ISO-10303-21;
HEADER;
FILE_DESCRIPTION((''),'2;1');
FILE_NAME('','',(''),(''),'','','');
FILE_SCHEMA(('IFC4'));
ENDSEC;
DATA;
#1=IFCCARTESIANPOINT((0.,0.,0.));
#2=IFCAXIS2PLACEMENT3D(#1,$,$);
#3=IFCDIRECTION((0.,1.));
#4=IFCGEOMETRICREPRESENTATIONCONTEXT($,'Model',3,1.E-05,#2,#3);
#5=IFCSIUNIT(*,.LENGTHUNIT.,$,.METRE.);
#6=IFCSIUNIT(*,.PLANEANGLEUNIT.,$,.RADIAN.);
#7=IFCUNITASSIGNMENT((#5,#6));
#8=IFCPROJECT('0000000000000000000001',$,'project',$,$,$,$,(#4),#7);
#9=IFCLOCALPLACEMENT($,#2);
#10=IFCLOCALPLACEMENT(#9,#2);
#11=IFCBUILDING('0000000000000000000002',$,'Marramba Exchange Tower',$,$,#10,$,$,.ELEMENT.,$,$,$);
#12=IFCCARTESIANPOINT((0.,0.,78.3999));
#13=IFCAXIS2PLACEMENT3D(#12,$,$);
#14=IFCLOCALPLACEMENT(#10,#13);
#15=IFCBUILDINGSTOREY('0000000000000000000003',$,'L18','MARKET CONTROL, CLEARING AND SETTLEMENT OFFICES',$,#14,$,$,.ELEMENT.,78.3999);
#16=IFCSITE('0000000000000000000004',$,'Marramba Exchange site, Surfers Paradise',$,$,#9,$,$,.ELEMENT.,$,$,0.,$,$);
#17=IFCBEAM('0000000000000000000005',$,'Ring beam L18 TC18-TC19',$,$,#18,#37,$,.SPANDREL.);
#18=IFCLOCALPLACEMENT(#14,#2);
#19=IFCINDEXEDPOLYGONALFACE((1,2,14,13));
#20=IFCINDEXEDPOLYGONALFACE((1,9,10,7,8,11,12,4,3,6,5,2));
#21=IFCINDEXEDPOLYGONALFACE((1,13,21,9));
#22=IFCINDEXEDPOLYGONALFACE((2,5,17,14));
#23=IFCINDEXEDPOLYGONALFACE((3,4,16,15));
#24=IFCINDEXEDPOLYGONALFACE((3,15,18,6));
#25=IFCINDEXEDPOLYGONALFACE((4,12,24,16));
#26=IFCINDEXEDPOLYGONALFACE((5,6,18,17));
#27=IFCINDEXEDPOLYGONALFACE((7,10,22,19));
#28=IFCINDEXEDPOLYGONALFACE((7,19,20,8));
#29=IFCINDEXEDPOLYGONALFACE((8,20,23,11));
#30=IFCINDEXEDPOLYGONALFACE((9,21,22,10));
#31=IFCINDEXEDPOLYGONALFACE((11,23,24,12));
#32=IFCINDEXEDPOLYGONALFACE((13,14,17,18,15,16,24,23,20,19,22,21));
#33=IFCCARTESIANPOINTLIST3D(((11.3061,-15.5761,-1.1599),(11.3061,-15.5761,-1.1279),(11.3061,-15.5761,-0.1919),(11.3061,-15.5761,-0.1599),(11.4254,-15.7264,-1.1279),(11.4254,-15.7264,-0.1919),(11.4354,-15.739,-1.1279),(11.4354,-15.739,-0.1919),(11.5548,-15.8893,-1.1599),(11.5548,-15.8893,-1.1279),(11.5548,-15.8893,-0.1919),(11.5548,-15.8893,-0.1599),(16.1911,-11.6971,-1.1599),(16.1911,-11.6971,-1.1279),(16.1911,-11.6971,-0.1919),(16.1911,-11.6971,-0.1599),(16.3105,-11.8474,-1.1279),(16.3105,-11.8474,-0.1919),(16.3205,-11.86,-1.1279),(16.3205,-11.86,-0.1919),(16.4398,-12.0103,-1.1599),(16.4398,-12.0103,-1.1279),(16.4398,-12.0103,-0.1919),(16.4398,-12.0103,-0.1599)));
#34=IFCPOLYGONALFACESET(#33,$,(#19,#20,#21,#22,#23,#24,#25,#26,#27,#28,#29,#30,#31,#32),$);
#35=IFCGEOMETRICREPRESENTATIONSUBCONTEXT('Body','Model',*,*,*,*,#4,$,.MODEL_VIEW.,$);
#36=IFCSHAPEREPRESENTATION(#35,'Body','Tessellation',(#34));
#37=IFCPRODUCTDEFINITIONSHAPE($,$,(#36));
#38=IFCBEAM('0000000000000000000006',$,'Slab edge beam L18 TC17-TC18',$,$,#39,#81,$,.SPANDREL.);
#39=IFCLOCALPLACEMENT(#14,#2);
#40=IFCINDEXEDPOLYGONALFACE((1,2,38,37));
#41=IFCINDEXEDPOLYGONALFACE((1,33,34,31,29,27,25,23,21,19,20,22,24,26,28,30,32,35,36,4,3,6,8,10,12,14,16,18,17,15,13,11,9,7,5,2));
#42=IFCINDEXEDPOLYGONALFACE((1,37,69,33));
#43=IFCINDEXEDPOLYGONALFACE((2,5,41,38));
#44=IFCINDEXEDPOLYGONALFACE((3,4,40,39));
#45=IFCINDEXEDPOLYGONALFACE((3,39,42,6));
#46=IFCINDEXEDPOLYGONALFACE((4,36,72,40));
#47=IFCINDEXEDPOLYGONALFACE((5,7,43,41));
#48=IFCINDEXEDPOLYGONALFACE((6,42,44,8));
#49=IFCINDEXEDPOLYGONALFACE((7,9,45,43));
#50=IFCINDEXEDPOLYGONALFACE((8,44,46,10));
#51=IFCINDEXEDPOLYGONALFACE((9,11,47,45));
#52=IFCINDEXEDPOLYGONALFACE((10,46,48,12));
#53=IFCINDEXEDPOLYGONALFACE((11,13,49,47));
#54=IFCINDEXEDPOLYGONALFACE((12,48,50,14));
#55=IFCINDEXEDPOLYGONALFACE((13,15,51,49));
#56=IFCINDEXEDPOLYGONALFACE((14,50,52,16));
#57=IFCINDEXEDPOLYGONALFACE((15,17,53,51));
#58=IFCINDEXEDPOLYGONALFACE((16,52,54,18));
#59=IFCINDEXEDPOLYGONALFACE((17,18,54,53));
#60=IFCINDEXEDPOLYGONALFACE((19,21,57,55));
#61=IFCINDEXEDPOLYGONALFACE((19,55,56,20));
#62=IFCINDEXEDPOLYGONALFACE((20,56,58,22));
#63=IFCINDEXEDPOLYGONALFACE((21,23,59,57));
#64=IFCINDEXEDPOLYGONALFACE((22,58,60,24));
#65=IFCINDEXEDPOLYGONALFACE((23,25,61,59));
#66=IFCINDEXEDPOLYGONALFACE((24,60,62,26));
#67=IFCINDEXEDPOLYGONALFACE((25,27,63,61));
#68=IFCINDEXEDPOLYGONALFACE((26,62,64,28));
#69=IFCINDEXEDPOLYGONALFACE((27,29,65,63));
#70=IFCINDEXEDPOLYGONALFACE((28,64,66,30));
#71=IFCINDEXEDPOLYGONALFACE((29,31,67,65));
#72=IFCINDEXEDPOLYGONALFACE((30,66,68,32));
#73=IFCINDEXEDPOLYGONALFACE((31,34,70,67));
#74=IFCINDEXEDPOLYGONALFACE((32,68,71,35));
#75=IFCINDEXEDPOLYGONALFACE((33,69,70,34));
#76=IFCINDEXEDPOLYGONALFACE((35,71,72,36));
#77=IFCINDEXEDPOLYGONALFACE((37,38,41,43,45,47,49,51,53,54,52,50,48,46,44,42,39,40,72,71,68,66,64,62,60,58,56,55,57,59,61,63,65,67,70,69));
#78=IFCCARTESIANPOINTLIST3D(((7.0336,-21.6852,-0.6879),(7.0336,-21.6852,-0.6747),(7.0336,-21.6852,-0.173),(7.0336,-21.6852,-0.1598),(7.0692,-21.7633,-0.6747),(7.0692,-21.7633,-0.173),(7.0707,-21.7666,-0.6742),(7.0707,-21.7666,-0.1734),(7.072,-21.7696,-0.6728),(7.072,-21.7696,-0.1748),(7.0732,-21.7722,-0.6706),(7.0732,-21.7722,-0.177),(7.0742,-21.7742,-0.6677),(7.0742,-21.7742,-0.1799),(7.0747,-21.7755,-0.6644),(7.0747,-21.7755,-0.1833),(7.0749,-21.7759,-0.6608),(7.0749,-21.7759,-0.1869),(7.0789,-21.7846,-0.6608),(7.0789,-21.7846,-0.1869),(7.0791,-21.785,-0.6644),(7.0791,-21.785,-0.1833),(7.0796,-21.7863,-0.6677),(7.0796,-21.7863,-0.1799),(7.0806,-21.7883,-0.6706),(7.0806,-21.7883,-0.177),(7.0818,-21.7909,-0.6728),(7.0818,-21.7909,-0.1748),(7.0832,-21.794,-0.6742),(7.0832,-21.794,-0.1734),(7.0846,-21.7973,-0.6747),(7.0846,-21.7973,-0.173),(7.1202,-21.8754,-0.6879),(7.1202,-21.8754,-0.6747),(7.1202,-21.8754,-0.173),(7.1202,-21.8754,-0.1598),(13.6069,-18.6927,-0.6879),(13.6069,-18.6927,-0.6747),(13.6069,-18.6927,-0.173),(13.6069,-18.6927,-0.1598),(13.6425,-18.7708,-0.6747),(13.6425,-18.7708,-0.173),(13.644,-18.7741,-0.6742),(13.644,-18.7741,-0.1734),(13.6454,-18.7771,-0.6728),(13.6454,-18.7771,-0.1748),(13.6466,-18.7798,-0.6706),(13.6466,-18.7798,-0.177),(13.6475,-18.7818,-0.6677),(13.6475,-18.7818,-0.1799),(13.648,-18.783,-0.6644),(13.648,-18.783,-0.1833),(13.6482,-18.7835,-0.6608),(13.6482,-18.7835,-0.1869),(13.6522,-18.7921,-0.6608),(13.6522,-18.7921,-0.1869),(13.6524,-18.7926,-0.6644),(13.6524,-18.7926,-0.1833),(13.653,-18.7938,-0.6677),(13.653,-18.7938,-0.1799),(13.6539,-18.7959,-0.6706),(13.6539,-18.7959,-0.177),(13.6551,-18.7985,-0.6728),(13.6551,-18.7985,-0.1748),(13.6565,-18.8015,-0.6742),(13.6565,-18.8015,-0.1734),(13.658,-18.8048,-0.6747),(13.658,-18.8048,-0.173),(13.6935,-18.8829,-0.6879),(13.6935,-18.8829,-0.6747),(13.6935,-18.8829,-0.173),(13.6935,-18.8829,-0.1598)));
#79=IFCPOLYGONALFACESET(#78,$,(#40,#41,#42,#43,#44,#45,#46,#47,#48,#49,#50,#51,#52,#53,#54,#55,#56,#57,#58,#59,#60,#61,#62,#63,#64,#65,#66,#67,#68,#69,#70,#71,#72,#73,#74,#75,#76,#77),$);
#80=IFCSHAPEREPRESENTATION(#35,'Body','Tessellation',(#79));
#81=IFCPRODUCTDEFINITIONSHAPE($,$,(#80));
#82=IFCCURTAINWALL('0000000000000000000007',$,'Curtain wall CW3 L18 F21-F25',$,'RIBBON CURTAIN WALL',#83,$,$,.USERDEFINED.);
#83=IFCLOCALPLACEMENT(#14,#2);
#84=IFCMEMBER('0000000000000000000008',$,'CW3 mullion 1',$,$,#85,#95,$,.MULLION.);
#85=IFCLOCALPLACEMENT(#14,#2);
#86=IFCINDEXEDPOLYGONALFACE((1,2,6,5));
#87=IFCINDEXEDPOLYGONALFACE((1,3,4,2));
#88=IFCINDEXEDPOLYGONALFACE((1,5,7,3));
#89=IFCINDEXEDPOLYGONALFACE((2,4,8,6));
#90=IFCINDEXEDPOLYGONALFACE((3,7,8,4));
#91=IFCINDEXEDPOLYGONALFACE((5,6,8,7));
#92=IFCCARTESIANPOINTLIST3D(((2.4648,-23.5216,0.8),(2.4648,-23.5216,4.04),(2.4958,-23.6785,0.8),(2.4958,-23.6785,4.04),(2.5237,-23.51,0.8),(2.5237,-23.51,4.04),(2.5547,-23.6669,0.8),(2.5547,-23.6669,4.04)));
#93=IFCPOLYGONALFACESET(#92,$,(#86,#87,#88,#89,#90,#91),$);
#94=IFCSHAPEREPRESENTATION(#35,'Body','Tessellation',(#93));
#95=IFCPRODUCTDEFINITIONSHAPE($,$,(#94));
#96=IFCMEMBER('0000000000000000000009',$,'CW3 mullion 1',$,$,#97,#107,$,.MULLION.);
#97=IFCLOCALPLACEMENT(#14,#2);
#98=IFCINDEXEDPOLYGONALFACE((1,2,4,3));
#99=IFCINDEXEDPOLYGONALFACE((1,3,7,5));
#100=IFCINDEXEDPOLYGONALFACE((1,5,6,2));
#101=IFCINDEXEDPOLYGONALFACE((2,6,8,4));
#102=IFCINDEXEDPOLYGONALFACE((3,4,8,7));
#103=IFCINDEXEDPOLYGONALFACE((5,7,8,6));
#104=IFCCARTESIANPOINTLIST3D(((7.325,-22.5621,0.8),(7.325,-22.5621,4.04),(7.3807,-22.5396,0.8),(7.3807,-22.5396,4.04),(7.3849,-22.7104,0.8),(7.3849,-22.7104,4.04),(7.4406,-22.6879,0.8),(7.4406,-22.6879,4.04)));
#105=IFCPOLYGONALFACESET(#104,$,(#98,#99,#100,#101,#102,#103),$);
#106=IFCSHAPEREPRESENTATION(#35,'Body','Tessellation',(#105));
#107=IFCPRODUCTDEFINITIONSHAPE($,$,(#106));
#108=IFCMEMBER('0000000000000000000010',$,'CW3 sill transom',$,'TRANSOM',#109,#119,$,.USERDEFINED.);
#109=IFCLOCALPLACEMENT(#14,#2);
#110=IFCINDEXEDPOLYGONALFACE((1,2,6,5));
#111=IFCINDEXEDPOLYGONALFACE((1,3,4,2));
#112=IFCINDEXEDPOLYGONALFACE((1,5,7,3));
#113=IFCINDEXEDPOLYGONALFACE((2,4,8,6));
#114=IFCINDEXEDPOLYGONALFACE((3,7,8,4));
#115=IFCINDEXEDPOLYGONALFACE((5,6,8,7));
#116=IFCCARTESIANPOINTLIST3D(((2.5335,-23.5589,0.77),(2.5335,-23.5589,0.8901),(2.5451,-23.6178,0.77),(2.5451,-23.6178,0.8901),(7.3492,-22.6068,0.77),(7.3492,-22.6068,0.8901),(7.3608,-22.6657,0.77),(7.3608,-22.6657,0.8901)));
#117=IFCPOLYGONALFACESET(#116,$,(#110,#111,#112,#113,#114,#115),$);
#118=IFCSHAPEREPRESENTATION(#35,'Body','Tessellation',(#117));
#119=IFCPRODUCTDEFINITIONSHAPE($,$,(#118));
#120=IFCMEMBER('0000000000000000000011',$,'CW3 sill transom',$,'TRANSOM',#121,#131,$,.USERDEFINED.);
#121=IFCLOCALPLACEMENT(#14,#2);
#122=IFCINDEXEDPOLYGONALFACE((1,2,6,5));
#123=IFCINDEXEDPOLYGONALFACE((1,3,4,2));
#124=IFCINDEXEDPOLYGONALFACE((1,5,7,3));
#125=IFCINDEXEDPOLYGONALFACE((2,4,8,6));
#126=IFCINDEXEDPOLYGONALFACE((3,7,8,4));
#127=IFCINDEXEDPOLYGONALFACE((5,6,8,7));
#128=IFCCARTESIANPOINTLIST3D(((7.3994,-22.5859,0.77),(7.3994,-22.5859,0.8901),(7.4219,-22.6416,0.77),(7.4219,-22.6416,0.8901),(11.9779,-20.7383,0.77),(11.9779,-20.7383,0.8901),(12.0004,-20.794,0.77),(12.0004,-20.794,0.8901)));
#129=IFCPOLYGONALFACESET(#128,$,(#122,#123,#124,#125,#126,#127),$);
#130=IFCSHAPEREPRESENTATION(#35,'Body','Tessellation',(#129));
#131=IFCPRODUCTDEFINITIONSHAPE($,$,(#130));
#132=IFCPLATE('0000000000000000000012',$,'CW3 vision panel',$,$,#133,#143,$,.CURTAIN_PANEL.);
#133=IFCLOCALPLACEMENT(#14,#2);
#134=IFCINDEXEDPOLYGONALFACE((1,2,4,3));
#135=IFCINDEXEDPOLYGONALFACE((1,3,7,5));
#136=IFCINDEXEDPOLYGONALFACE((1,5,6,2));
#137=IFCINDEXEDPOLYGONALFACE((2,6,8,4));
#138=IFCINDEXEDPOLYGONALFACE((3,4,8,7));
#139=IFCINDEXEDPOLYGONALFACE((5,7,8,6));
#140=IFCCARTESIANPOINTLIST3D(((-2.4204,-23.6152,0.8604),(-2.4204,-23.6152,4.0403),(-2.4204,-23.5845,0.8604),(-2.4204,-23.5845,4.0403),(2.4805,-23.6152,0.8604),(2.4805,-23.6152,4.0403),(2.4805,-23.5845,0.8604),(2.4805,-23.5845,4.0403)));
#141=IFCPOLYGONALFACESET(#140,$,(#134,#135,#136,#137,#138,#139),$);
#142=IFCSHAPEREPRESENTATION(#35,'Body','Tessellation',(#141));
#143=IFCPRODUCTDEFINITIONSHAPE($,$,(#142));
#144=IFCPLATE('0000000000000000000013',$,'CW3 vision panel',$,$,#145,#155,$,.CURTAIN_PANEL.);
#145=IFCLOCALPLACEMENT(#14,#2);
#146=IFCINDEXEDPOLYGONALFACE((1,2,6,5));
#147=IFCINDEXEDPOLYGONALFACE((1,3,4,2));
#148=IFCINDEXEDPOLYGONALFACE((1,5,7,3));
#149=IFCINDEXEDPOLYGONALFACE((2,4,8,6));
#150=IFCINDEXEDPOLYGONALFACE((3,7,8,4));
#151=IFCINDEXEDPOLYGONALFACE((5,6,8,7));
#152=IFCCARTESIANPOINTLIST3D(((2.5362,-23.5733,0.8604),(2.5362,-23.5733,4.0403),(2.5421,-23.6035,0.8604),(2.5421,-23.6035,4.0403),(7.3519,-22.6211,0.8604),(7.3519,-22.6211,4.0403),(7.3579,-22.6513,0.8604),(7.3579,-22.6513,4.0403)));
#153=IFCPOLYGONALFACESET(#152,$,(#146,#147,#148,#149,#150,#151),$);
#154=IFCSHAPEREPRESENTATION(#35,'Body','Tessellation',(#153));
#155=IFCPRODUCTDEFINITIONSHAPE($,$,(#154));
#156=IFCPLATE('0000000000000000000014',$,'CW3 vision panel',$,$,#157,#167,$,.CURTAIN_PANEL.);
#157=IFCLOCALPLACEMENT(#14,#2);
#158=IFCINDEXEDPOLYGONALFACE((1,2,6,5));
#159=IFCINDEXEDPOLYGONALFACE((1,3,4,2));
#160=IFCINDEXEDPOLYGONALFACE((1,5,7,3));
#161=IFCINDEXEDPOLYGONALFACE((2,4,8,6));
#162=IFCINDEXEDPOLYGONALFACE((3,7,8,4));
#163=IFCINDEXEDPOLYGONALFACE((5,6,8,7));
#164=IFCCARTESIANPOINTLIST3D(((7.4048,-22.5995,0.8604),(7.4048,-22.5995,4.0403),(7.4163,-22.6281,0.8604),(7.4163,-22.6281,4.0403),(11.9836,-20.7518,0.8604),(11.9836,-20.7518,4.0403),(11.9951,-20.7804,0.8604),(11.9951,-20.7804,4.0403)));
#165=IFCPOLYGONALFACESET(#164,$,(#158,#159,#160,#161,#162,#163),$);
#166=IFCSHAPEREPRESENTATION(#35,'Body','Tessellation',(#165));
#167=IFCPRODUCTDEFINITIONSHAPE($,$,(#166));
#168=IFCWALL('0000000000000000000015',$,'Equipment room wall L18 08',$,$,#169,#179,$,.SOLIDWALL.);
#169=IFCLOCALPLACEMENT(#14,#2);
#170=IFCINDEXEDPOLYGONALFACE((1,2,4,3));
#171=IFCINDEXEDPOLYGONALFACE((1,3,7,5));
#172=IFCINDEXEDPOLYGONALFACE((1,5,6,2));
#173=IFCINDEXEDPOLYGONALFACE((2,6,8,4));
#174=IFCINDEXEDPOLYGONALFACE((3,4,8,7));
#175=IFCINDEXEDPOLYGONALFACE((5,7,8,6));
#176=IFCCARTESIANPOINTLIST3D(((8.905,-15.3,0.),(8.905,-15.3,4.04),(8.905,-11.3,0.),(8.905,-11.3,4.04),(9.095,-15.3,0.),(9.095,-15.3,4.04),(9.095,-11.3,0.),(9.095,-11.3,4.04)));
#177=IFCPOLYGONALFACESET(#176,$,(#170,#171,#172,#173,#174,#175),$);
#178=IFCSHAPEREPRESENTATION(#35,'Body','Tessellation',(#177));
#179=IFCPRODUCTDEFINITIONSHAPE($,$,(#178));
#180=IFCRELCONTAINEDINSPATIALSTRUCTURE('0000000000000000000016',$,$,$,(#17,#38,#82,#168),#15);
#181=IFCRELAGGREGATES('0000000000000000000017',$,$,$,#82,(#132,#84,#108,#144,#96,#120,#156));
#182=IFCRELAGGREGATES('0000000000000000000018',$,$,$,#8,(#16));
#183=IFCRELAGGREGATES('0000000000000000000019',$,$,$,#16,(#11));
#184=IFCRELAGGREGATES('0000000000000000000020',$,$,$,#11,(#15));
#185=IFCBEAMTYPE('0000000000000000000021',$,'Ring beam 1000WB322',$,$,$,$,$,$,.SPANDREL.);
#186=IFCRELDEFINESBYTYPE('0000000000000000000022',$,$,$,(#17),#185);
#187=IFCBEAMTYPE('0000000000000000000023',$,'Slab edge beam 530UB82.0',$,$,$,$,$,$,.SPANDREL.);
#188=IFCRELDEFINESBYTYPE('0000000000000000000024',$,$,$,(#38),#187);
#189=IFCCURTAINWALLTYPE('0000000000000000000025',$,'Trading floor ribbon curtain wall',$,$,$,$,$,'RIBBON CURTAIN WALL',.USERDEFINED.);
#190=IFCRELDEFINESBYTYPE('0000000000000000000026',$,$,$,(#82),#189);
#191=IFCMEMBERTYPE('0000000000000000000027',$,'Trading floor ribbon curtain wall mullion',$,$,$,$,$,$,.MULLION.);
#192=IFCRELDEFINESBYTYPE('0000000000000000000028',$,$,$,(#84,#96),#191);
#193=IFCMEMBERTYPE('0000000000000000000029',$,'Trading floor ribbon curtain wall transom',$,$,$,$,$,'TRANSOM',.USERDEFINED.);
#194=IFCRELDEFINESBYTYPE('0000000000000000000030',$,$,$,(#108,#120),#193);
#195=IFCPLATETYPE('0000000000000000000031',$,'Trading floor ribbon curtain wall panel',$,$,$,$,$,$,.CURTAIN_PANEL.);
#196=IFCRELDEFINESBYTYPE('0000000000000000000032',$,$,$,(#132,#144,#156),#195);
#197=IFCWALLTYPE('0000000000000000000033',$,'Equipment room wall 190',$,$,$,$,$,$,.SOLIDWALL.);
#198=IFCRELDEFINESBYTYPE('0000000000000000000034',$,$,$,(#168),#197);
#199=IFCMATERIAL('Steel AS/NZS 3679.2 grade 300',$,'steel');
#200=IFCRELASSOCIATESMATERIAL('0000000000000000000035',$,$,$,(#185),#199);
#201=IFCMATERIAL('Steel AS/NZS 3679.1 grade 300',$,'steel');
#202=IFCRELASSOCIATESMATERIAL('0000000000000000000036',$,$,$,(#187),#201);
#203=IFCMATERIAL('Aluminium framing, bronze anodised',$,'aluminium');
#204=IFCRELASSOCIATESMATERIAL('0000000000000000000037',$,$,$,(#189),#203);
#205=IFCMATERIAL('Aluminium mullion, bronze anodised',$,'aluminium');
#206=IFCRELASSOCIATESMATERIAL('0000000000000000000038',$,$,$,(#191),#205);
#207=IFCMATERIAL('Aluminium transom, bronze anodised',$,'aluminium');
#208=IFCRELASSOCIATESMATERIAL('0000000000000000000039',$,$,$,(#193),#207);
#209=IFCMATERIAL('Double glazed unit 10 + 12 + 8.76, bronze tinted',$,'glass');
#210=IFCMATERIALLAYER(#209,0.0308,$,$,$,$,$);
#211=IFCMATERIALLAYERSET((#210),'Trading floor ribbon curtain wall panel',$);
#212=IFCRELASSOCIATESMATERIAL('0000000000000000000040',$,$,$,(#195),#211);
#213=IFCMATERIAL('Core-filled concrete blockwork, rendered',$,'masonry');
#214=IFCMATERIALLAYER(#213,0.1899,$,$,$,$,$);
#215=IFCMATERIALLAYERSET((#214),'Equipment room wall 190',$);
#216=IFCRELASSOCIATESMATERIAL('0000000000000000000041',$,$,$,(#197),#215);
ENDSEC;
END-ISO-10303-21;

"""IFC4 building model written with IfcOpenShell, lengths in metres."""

from ifc_helpers import new_model, si_unit, direction, frame, frame_2d, origin, origin_2d, place, context, subcontext, project, spatial, rectangle, i_section, extrude, material, layer, layer_set, material_profile, profile_set, type_object, element, aggregate, save


model = new_model("IFC4")

# Units and contexts
model_context = context("Model", 3, precision=1e-05, world=origin(), true_north=direction((0.0, 1.0)))
body_context = subcontext(model_context, "Body", "Model", "MODEL_VIEW")
ifc_project = project(units=[si_unit("LENGTHUNIT", "METRE"), si_unit("PLANEANGLEUNIT", "RADIAN")], contexts=[model_context])

# Site, building, storey
site_placement = place(None, origin())
site = spatial("IfcSite", under=ifc_project, at=site_placement, Name="Marramba Exchange site, Surfers Paradise", CompositionType="ELEMENT", RefElevation=0.0)
building_placement = place(site_placement, origin())
building = spatial("IfcBuilding", under=site, at=building_placement, Name="Marramba Exchange Tower", CompositionType="ELEMENT")
storey_placement = place(building_placement, frame((0.0, 0.0, 78.3999)))
storey = spatial("IfcBuildingStorey", under=building, at=storey_placement, Name="L18", Description="MARKET CONTROL, CLEARING AND SETTLEMENT OFFICES", CompositionType="ELEMENT", Elevation=78.3999)

# Beams
ifc_material_1 = material(Name="Steel AS/NZS 3679.2 grade 300", Category="steel")
ifc_material_2 = material(Name="Steel AS/NZS 3679.1 grade 300", Category="steel")
ifc_material_profile_1 = material_profile(ifc_material_1, i_section(OverallWidth=0.3999, OverallDepth=1.0, WebThickness=0.0161, FlangeThickness=0.032, at=origin_2d()), Name="1000WB322")
ifc_profile_set_1 = profile_set([ifc_material_profile_1], Name="Steel AS/NZS 3679.2 grade 300")
beam_type_1 = type_object("IfcBeamType", Name="Ring beam 1000WB322", PredefinedType="SPANDREL", material=ifc_profile_set_1)
beam_1_placement = place(storey_placement, frame((11.4304, -15.7327, -0.6599), z_axis=(0.783139, 0.621846, 0.0), x_axis=(-0.621846, 0.783139, 0.0)))
element("IfcBeam", 1, at=beam_1_placement, inside=storey, type_object=beam_type_1, Name="Ring beam L18 TC18-TC19", PredefinedType="SPANDREL", context=body_context, shape_type="SweptSolid", body=[
    extrude(i_section(OverallWidth=0.3999, OverallDepth=1.0, WebThickness=0.0161, FlangeThickness=0.032, at=origin_2d()), origin(), (0.0, 0.0, 1.0), 6.2378),
])
ifc_material_profile_2 = material_profile(ifc_material_2, i_section(OverallWidth=0.209, OverallDepth=0.5281, WebThickness=0.0095, FlangeThickness=0.0132, FilletRadius=0.0139, at=origin_2d()), Name="530UB82.0")
ifc_profile_set_2 = profile_set([ifc_material_profile_2], Name="Steel AS/NZS 3679.1 grade 300")
beam_type_2 = type_object("IfcBeamType", Name="Slab edge beam 530UB82.0", PredefinedType="SPANDREL", material=ifc_profile_set_2)
beam_2_placement = place(storey_placement, frame((7.0769, -21.7803, -0.4238), z_axis=(0.910127, 0.41433, 0.0), x_axis=(-0.41433, 0.910127, 0.0)))
element("IfcBeam", 2, at=beam_2_placement, inside=storey, type_object=beam_type_2, Name="Slab edge beam L18 TC17-TC18", PredefinedType="SPANDREL", context=body_context, shape_type="SweptSolid", body=[
    extrude(i_section(OverallWidth=0.209, OverallDepth=0.5281, WebThickness=0.0095, FlangeThickness=0.0132, FilletRadius=0.0139, at=origin_2d()), origin(), (0.0, 0.0, 1.0), 7.2224),
])

# Curtain wall, members, plates
ifc_material_3 = material(Name="Aluminium framing, bronze anodised", Category="aluminium")
curtain_wall_type = type_object("IfcCurtainWallType", Name="Trading floor ribbon curtain wall", ElementType="RIBBON CURTAIN WALL", PredefinedType="USERDEFINED", material=ifc_material_3)
curtain_wall_placement = place(storey_placement, origin())
curtain_wall = element("IfcCurtainWall", 3, at=curtain_wall_placement, inside=storey, type_object=curtain_wall_type, Name="Curtain wall CW3 L18 F21-F25", ObjectType="RIBBON CURTAIN WALL", PredefinedType="USERDEFINED")
ifc_material_4 = material(Name="Aluminium mullion, bronze anodised", Category="aluminium")
ifc_material_profile_3 = material_profile(ifc_material_4, rectangle(XDim=0.1599, YDim=0.0601, at=origin_2d()), Name="CW3 mullion 60x160")
ifc_profile_set_3 = profile_set([ifc_material_profile_3], Name="Aluminium mullion, bronze anodised")
member_type_1 = type_object("IfcMemberType", Name="Trading floor ribbon curtain wall mullion", PredefinedType="MULLION", material=ifc_profile_set_3)
member_1_placement = place(storey_placement, frame((2.5098, -23.5942, 0.8), z_axis=(0.0, 0.0, 1.0), x_axis=(-0.193961, 0.981009, 0.0)))
member_1 = element("IfcMember", 4, at=member_1_placement, type_object=member_type_1, Name="CW3 mullion 1", PredefinedType="MULLION", context=body_context, shape_type="SweptSolid", body=[
    extrude(rectangle(XDim=0.1599, YDim=0.0601, at=origin_2d()), origin(), (0.0, 0.0, 1.0), 3.24),
])
member_2_placement = place(storey_placement, frame((7.3828, -22.625, 0.8), z_axis=(0.0, 0.0, 1.0), x_axis=(-0.374218, 0.927341, 0.0)))
member_2 = element("IfcMember", 5, at=member_2_placement, type_object=member_type_1, Name="CW3 mullion 1", PredefinedType="MULLION", context=body_context, shape_type="SweptSolid", body=[
    extrude(rectangle(XDim=0.1599, YDim=0.0601, at=origin_2d()), origin(), (0.0, 0.0, 1.0), 3.24),
])
ifc_material_5 = material(Name="Aluminium transom, bronze anodised", Category="aluminium")
ifc_material_profile_4 = material_profile(ifc_material_5, rectangle(XDim=0.0601, YDim=0.1201, at=origin_2d()), Name="CW3 transom 60x120")
ifc_profile_set_4 = profile_set([ifc_material_profile_4], Name="Aluminium transom, bronze anodised")
member_type_2 = type_object("IfcMemberType", Name="Trading floor ribbon curtain wall transom", ElementType="TRANSOM", PredefinedType="USERDEFINED", material=ifc_profile_set_4)
member_3_placement = place(storey_placement, frame((2.5393, -23.5884, 0.8301), z_axis=(0.981009, 0.193964, 0.0), x_axis=(-0.193964, 0.981009, 0.0)))
member_3 = element("IfcMember", 6, at=member_3_placement, type_object=member_type_2, Name="CW3 sill transom", ObjectType="TRANSOM", PredefinedType="USERDEFINED", context=body_context, shape_type="SweptSolid", body=[
    extrude(rectangle(XDim=0.0601, YDim=0.1201, at=origin_2d()), origin(), (0.0, 0.0, 1.0), 4.9089),
])
member_4_placement = place(storey_placement, frame((7.4106, -22.6138, 0.8301), z_axis=(0.92734, 0.374219, 0.0), x_axis=(-0.374219, 0.92734, 0.0)))
member_4 = element("IfcMember", 7, at=member_4_placement, type_object=member_type_2, Name="CW3 sill transom", ObjectType="TRANSOM", PredefinedType="USERDEFINED", context=body_context, shape_type="SweptSolid", body=[
    extrude(rectangle(XDim=0.0601, YDim=0.1201, at=origin_2d()), origin(), (0.0, 0.0, 1.0), 4.9373),
])
ifc_material_6 = material(Name="Double glazed unit 10 + 12 + 8.76, bronze tinted", Category="glass")
ifc_layer_1 = layer(ifc_material_6, 0.0308)
ifc_layer_set_1 = layer_set([ifc_layer_1], Name="Trading floor ribbon curtain wall panel")
plate_type = type_object("IfcPlateType", Name="Trading floor ribbon curtain wall panel", PredefinedType="CURTAIN_PANEL", material=ifc_layer_set_1)
plate_1_placement = place(storey_placement, frame((0.03, -23.5999, 0.8604), z_axis=(0.0, 0.0, 1.0), x_axis=(1.0, 0.0, 0.0)))
plate_1 = element("IfcPlate", 8, at=plate_1_placement, type_object=plate_type, Name="CW3 vision panel", PredefinedType="CURTAIN_PANEL", context=body_context, shape_type="SweptSolid", body=[
    extrude(rectangle(XDim=4.9009, YDim=0.0308, at=origin_2d()), origin(), (0.0, 0.0, 1.0), 3.1799),
])
plate_2_placement = place(storey_placement, frame((4.947, -23.1123, 0.8604), z_axis=(0.0, 0.0, 1.0), x_axis=(0.981009, 0.193961, 0.0)))
plate_2 = element("IfcPlate", 9, at=plate_2_placement, type_object=plate_type, Name="CW3 vision panel", PredefinedType="CURTAIN_PANEL", context=body_context, shape_type="SweptSolid", body=[
    extrude(rectangle(XDim=4.9089, YDim=0.0308, at=origin_2d()), origin(), (0.0, 0.0, 1.0), 3.1799),
])
plate_3_placement = place(storey_placement, frame((9.7, -21.6899, 0.8604), z_axis=(0.0, 0.0, 1.0), x_axis=(0.927341, 0.374218, 0.0)))
plate_3 = element("IfcPlate", 10, at=plate_3_placement, type_object=plate_type, Name="CW3 vision panel", PredefinedType="CURTAIN_PANEL", context=body_context, shape_type="SweptSolid", body=[
    extrude(rectangle(XDim=4.9375, YDim=0.0308, at=origin_2d()), origin(), (0.0, 0.0, 1.0), 3.1799),
])
aggregate(curtain_wall, [plate_1, member_1, member_3, plate_2, member_2, member_4, plate_3])

# Wall
ifc_material_7 = material(Name="Core-filled concrete blockwork, rendered", Category="masonry")
ifc_layer_2 = layer(ifc_material_7, 0.1899)
ifc_layer_set_2 = layer_set([ifc_layer_2], Name="Equipment room wall 190")
wall_type_1 = type_object("IfcWallType", Name="Equipment room wall 190", PredefinedType="SOLIDWALL", material=ifc_layer_set_2)
wall_1_placement = place(storey_placement, frame((9.0, -11.3, 0.0), z_axis=(0.0, 0.0, 1.0), x_axis=(0.0, -1.0, 0.0)))
element("IfcWall", 11, at=wall_1_placement, inside=storey, type_object=wall_type_1, Name="Equipment room wall L18 08", PredefinedType="SOLIDWALL", context=body_context, shape_type="SweptSolid", body=[
    extrude(rectangle(XDim=4.0, YDim=0.1899, at=frame_2d((2.0, 0.0))), origin(), (0.0, 0.0, 1.0), 4.04),
])

save(model, "model.ifc")
